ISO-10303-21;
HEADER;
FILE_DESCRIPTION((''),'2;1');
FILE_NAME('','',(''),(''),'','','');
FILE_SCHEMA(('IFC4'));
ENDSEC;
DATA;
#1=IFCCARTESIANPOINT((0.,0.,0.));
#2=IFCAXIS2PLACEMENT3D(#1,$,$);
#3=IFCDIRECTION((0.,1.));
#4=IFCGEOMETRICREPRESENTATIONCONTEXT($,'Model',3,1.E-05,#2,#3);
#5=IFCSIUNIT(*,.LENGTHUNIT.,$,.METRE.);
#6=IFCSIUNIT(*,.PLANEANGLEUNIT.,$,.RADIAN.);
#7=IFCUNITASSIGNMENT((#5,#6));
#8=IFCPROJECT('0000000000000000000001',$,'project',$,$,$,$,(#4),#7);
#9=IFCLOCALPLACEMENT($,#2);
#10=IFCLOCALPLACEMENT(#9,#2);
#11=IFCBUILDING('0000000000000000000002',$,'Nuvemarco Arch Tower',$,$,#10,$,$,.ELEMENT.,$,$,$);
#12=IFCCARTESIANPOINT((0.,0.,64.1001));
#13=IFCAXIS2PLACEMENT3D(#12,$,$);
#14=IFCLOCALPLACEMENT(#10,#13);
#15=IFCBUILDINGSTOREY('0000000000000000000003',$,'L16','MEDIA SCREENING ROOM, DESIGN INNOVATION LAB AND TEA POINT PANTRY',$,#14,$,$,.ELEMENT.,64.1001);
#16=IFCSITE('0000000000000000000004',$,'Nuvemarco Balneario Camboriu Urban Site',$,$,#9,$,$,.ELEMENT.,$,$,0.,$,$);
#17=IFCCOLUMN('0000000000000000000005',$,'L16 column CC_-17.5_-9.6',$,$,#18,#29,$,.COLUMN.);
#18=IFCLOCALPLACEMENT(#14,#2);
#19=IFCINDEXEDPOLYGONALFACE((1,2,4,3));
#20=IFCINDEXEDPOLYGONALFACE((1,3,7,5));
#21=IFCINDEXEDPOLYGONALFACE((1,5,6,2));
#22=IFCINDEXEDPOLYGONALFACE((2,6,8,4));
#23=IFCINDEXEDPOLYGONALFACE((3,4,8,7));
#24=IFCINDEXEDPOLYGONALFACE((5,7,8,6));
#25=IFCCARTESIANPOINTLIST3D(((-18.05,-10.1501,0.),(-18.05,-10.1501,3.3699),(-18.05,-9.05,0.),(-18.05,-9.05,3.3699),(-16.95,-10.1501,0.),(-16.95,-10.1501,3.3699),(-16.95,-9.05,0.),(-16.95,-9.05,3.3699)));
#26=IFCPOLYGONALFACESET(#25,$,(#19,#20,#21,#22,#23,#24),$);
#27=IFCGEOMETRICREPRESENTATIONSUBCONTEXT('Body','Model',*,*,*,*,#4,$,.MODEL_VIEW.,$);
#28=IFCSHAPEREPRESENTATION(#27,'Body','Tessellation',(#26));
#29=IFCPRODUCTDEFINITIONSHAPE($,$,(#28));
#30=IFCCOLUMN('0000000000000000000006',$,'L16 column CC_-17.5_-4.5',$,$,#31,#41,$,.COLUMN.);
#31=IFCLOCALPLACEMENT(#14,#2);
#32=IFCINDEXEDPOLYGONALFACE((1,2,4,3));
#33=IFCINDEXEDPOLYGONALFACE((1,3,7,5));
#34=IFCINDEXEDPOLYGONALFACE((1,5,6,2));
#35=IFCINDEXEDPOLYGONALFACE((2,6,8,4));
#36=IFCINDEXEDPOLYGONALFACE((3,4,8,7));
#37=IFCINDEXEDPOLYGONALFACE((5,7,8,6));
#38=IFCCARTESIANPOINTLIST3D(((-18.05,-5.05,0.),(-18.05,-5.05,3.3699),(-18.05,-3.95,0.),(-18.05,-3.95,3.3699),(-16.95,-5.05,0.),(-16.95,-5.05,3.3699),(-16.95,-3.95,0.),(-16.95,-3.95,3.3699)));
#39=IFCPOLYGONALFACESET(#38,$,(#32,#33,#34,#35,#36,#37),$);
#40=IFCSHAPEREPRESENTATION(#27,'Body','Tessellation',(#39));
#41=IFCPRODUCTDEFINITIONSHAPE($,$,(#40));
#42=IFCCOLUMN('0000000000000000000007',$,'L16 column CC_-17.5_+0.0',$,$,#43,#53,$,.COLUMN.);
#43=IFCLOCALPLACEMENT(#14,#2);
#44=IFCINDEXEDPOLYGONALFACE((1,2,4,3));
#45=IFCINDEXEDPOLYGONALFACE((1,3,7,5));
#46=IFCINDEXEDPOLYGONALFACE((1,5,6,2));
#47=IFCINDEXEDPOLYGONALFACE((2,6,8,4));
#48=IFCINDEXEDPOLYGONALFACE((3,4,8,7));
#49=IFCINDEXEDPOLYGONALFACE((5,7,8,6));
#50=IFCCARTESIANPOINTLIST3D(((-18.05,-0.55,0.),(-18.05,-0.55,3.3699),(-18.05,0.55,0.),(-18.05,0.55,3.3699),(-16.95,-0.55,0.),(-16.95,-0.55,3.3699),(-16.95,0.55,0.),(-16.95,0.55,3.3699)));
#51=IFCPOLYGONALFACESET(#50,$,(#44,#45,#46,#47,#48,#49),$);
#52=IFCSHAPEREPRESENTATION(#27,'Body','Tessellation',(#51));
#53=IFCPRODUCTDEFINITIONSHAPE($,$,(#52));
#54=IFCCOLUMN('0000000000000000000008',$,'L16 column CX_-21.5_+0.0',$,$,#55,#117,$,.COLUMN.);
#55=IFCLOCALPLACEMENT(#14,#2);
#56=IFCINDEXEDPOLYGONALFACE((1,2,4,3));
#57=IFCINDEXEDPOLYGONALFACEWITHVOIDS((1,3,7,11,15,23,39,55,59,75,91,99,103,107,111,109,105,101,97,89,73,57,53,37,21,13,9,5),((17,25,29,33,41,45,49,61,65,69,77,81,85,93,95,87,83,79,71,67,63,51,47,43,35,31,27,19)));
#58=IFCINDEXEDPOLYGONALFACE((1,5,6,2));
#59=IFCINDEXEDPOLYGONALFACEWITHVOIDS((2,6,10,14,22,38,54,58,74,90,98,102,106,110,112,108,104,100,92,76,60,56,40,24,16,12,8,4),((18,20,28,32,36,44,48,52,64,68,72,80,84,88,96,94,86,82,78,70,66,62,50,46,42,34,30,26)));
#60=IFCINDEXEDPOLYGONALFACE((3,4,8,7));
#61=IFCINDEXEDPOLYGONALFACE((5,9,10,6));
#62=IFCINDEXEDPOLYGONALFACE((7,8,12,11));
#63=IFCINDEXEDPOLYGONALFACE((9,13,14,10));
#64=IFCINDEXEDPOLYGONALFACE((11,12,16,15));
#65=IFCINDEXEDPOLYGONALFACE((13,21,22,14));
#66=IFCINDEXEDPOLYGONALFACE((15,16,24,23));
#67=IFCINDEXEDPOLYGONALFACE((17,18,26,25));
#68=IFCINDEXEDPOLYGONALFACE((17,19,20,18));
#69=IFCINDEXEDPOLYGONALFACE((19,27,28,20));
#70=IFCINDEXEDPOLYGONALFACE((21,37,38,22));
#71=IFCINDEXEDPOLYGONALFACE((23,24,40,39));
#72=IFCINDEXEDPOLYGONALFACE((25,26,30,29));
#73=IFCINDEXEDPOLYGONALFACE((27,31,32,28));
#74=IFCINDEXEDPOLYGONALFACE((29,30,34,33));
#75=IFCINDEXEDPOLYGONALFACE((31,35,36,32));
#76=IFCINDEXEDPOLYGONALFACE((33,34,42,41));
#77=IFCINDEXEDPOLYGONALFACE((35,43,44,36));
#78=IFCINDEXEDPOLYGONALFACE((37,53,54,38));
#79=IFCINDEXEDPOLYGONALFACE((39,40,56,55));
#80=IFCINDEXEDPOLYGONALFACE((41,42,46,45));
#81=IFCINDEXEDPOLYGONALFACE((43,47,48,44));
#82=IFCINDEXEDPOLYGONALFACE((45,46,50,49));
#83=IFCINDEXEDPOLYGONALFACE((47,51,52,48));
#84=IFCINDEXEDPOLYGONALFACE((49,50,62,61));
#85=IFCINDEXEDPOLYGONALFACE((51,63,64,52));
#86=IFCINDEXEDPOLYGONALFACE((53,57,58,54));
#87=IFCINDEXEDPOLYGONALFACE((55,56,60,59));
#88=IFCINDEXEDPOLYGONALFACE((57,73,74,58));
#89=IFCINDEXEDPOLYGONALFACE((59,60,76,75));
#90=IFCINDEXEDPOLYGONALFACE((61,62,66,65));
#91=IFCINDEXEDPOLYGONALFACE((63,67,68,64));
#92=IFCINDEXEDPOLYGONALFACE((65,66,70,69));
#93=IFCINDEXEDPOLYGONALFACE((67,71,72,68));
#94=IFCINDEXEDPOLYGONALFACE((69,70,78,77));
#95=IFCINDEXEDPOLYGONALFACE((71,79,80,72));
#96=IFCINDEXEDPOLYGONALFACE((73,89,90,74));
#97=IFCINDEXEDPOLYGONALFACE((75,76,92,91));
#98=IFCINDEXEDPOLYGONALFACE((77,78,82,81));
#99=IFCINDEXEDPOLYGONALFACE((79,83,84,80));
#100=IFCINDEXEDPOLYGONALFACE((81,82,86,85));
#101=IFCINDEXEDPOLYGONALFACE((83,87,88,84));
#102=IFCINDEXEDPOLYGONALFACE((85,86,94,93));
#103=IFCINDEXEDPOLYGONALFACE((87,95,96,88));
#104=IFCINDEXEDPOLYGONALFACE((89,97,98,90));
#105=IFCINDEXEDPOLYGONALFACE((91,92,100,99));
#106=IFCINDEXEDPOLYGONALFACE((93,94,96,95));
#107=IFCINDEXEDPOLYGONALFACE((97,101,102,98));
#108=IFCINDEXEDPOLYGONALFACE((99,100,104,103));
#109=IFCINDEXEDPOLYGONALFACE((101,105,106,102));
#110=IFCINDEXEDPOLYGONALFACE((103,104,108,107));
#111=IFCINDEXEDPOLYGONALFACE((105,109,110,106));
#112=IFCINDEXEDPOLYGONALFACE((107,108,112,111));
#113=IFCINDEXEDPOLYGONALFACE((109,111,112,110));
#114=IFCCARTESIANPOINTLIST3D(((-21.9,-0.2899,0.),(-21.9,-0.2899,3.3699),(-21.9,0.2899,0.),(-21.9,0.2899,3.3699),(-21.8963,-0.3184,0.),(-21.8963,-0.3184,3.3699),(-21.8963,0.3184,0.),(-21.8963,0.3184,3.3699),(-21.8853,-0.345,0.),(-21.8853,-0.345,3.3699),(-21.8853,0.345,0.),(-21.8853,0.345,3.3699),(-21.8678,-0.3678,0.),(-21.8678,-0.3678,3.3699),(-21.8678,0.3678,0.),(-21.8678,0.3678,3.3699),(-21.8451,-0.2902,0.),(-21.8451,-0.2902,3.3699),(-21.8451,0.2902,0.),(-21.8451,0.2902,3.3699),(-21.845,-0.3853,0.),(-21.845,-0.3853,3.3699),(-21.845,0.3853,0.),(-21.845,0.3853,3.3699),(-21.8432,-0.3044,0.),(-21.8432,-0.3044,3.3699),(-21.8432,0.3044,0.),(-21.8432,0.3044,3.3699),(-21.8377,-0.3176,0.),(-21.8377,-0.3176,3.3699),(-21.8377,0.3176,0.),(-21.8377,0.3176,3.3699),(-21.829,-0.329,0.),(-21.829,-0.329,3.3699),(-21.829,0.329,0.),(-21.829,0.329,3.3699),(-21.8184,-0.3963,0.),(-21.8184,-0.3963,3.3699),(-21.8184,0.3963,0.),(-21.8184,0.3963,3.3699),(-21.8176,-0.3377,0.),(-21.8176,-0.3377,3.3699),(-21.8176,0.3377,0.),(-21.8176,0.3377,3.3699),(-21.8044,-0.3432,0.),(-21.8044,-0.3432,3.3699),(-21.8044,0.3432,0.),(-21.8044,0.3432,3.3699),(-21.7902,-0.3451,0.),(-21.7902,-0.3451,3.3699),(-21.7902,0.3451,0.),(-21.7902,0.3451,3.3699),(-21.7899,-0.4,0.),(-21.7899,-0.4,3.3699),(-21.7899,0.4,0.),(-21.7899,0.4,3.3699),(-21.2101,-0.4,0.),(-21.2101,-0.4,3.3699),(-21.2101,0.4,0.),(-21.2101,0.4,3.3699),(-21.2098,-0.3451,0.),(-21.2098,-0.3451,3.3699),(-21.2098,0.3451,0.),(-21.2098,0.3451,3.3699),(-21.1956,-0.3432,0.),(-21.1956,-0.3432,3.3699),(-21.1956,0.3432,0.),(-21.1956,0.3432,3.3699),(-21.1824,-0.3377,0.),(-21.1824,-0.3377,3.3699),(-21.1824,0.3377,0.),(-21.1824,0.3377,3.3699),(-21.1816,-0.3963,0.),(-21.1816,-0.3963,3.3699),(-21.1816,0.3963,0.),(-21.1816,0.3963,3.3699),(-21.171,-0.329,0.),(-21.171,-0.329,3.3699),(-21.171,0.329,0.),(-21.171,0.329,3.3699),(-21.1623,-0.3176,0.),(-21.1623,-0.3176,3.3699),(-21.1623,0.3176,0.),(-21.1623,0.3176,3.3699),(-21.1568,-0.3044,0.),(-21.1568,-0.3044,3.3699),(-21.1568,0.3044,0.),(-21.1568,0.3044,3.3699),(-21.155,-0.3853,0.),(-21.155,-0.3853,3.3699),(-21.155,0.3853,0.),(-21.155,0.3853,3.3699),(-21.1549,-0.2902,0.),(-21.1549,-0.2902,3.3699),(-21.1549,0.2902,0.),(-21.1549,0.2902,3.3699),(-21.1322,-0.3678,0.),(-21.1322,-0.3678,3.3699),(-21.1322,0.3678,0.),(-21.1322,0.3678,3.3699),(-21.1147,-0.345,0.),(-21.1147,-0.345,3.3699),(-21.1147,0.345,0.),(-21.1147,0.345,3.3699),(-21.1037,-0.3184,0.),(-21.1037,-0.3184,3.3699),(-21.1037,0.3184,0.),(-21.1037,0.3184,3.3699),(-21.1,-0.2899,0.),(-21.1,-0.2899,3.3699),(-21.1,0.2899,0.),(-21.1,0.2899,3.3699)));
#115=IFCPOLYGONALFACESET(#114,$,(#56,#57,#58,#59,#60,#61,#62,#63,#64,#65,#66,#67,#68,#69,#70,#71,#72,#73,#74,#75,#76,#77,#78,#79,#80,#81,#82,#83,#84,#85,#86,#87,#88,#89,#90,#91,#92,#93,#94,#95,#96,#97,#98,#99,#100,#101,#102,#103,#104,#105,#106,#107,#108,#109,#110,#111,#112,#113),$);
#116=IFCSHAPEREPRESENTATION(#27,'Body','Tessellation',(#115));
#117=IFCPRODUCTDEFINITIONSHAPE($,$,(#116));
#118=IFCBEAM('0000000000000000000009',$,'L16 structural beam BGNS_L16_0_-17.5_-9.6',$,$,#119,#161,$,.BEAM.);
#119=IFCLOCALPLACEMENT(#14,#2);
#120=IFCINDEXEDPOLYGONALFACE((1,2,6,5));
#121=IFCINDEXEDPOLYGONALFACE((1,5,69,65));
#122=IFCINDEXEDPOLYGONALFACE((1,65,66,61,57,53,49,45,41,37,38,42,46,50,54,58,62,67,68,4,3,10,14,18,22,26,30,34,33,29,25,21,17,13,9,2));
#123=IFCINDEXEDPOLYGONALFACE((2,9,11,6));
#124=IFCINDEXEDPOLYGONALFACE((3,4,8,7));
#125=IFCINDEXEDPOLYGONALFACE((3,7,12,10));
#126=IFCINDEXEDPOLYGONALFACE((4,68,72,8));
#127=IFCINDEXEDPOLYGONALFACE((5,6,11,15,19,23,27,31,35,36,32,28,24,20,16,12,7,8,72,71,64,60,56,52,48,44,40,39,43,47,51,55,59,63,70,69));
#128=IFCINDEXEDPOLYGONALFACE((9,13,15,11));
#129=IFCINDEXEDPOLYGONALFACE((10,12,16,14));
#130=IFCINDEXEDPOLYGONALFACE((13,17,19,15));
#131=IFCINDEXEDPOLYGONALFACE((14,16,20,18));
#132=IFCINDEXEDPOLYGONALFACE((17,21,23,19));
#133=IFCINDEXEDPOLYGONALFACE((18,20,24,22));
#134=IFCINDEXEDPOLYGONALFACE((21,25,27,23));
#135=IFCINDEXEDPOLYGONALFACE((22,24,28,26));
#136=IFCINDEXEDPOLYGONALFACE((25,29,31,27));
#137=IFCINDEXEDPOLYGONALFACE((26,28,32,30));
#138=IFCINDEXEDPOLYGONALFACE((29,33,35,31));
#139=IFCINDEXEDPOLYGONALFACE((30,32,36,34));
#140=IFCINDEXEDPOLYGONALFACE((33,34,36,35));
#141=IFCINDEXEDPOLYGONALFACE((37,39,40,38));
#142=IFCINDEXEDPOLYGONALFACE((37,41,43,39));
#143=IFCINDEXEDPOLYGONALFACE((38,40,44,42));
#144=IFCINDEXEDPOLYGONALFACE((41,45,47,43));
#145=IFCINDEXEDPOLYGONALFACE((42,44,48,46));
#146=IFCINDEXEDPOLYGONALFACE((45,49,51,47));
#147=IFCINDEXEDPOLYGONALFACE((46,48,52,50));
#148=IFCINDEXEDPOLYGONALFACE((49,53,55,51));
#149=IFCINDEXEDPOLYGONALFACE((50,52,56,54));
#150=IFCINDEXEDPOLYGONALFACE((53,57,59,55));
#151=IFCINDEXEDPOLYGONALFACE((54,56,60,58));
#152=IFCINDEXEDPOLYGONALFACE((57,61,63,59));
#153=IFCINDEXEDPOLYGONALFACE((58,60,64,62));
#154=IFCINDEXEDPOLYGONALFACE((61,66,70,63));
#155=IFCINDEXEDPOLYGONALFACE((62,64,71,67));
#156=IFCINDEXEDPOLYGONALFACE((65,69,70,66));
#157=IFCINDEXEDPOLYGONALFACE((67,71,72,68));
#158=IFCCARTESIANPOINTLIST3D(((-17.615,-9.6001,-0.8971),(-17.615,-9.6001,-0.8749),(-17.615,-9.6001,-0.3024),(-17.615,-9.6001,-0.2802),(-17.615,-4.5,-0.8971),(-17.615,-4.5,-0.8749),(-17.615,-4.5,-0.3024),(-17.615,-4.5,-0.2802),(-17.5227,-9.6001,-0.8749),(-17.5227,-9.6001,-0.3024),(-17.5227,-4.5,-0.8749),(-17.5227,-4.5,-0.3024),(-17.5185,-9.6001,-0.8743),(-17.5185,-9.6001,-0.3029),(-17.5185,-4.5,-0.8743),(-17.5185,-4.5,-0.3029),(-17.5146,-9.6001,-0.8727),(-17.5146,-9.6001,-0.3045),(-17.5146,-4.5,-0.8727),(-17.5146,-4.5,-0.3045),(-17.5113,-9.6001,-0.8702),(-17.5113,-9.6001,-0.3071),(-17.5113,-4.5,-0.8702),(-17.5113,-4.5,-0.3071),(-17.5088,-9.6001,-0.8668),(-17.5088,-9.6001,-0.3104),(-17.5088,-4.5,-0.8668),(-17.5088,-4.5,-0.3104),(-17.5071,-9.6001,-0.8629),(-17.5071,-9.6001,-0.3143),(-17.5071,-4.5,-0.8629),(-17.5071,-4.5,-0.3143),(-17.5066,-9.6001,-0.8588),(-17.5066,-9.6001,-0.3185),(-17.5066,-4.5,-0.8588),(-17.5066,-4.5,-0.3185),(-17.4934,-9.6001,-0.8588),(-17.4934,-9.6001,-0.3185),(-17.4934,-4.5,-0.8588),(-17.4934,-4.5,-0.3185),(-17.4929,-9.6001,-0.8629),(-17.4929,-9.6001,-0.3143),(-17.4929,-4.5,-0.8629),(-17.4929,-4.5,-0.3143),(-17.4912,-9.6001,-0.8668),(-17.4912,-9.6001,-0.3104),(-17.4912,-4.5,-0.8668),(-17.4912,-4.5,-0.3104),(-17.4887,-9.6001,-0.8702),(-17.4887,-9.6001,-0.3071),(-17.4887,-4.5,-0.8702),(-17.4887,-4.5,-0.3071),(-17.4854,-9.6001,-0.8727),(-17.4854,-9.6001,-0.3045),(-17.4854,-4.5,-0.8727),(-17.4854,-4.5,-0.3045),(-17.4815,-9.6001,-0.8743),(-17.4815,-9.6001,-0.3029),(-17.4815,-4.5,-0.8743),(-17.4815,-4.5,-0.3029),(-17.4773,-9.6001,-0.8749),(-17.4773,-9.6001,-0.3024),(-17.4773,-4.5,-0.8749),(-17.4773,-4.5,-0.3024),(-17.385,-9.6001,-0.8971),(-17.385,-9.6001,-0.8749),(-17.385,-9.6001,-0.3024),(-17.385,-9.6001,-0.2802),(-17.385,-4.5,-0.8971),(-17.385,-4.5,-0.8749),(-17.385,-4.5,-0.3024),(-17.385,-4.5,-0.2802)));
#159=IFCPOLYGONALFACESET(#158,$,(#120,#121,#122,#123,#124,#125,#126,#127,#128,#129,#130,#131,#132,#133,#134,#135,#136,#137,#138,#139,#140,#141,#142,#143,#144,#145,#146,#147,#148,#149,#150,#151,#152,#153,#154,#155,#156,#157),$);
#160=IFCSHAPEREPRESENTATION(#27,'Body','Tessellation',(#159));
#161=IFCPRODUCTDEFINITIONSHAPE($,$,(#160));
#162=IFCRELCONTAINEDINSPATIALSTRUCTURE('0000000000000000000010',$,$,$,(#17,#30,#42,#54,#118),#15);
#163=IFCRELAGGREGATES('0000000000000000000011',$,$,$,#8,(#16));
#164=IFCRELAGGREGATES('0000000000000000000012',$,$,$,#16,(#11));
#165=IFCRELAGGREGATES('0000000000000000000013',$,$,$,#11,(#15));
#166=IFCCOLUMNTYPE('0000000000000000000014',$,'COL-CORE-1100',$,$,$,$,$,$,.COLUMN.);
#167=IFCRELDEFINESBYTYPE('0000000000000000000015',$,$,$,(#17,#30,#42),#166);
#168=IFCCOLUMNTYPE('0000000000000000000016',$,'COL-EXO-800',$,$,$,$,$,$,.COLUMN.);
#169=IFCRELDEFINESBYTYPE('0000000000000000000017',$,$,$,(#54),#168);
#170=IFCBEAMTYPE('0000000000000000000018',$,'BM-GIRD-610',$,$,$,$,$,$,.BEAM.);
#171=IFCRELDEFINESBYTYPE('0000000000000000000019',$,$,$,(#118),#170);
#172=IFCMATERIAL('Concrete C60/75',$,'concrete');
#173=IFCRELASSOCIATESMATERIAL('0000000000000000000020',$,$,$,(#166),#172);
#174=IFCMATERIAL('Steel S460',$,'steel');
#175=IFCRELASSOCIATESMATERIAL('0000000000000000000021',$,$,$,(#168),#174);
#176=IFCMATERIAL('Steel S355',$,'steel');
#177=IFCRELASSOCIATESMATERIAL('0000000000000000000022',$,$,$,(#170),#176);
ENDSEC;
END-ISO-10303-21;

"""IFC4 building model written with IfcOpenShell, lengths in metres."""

from ifc_helpers import new_model, si_unit, direction, frame, origin, origin_2d, place, context, subcontext, project, spatial, rectangle, hollow_rectangle, i_section, extrude, material, material_profile, profile_set, type_object, element, save


model = new_model("IFC4")

# Units and contexts
model_context = context("Model", 3, precision=1e-05, world=origin(), true_north=direction((0.0, 1.0)))
body_context = subcontext(model_context, "Body", "Model", "MODEL_VIEW")
ifc_project = project(units=[si_unit("LENGTHUNIT", "METRE"), si_unit("PLANEANGLEUNIT", "RADIAN")], contexts=[model_context])

# Site, building, storey
site_placement = place(None, origin())
site = spatial("IfcSite", under=ifc_project, at=site_placement, Name="Nuvemarco Balneario Camboriu Urban Site", CompositionType="ELEMENT", RefElevation=0.0)
building_placement = place(site_placement, origin())
building = spatial("IfcBuilding", under=site, at=building_placement, Name="Nuvemarco Arch Tower", CompositionType="ELEMENT")
storey_placement = place(building_placement, frame((0.0, 0.0, 64.1001)))
storey = spatial("IfcBuildingStorey", under=building, at=storey_placement, Name="L16", Description="MEDIA SCREENING ROOM, DESIGN INNOVATION LAB AND TEA POINT PANTRY", CompositionType="ELEMENT", Elevation=64.1001)

# Columns
ifc_material_1 = material(Name="Concrete C60/75", Category="concrete")
ifc_material_profile_1 = material_profile(ifc_material_1, rectangle(XDim=1.1001, YDim=1.1001, at=origin_2d()), Name="RC-COL-1100x1100")
ifc_profile_set_1 = profile_set([ifc_material_profile_1], Name="Concrete C60/75")
column_type_1 = type_object("IfcColumnType", Name="COL-CORE-1100", PredefinedType="COLUMN", material=ifc_profile_set_1)
for number, where, z_axis, x_axis, name in (
    (1, (-17.5, -9.6001, 0.0), (0.0, 0.0, 1.0), (1.0, 0.0, 0.0), "L16 column CC_-17.5_-9.6"),
    (2, (-17.5, -4.5, 0.0), (0.0, 0.0, 1.0), (1.0, 0.0, 0.0), "L16 column CC_-17.5_-4.5"),
    (3, (-17.5, 0.0, 0.0), (0.0, 0.0, 1.0), (1.0, 0.0, 0.0), "L16 column CC_-17.5_+0.0"),
):
    element("IfcColumn", number, at=place(storey_placement, frame(where, z_axis=z_axis, x_axis=x_axis)), inside=storey, type_object=column_type_1, Name=name, PredefinedType="COLUMN", context=body_context, shape_type="SweptSolid", body=[
        extrude(rectangle(XDim=1.1001, YDim=1.1001, at=origin_2d()), origin(), (0.0, 0.0, 1.0), 3.3699),
    ])
ifc_material_2 = material(Name="Steel S460", Category="steel")
ifc_material_profile_2 = material_profile(ifc_material_2, hollow_rectangle(XDim=0.8, YDim=0.8, WallThickness=0.0549, InnerFilletRadius=0.0549, OuterFilletRadius=0.1101, at=origin_2d()), Name="SHS800x800x55")
ifc_profile_set_2 = profile_set([ifc_material_profile_2], Name="Steel S460")
column_type_2 = type_object("IfcColumnType", Name="COL-EXO-800", PredefinedType="COLUMN", material=ifc_profile_set_2)
column_placement = place(storey_placement, frame((-21.5, 0.0, 0.0), z_axis=(0.0, 0.0, 1.0), x_axis=(1.0, 0.0, 0.0)))
element("IfcColumn", 4, at=column_placement, inside=storey, type_object=column_type_2, Name="L16 column CX_-21.5_+0.0", PredefinedType="COLUMN", context=body_context, shape_type="SweptSolid", body=[
    extrude(hollow_rectangle(XDim=0.8, YDim=0.8, WallThickness=0.0549, InnerFilletRadius=0.0549, OuterFilletRadius=0.1101, at=origin_2d()), origin(), (0.0, 0.0, 1.0), 3.3699),
])

# Beam
ifc_material_3 = material(Name="Steel S355", Category="steel")
ifc_material_profile_3 = material_profile(ifc_material_3, i_section(OverallWidth=0.23, OverallDepth=0.6169, WebThickness=0.0132, FlangeThickness=0.0222, FilletRadius=0.0161, at=origin_2d()), Name="W610x140")
ifc_profile_set_3 = profile_set([ifc_material_profile_3], Name="Steel S355")
beam_type_1 = type_object("IfcBeamType", Name="BM-GIRD-610", PredefinedType="BEAM", material=ifc_profile_set_3)
beam_1_placement = place(storey_placement, frame((-17.5, -9.6001, -0.5886), z_axis=(0.0, 1.0, 0.0), x_axis=(-1.0, 0.0, 0.0)))
element("IfcBeam", 5, at=beam_1_placement, inside=storey, type_object=beam_type_1, Name="L16 structural beam BGNS_L16_0_-17.5_-9.6", PredefinedType="BEAM", context=body_context, shape_type="SweptSolid", body=[
    extrude(i_section(OverallWidth=0.23, OverallDepth=0.6169, WebThickness=0.0132, FlangeThickness=0.0222, FilletRadius=0.0161, at=origin_2d()), origin(), (0.0, 0.0, 1.0), 5.1001),
])

save(model, "model.ifc")
